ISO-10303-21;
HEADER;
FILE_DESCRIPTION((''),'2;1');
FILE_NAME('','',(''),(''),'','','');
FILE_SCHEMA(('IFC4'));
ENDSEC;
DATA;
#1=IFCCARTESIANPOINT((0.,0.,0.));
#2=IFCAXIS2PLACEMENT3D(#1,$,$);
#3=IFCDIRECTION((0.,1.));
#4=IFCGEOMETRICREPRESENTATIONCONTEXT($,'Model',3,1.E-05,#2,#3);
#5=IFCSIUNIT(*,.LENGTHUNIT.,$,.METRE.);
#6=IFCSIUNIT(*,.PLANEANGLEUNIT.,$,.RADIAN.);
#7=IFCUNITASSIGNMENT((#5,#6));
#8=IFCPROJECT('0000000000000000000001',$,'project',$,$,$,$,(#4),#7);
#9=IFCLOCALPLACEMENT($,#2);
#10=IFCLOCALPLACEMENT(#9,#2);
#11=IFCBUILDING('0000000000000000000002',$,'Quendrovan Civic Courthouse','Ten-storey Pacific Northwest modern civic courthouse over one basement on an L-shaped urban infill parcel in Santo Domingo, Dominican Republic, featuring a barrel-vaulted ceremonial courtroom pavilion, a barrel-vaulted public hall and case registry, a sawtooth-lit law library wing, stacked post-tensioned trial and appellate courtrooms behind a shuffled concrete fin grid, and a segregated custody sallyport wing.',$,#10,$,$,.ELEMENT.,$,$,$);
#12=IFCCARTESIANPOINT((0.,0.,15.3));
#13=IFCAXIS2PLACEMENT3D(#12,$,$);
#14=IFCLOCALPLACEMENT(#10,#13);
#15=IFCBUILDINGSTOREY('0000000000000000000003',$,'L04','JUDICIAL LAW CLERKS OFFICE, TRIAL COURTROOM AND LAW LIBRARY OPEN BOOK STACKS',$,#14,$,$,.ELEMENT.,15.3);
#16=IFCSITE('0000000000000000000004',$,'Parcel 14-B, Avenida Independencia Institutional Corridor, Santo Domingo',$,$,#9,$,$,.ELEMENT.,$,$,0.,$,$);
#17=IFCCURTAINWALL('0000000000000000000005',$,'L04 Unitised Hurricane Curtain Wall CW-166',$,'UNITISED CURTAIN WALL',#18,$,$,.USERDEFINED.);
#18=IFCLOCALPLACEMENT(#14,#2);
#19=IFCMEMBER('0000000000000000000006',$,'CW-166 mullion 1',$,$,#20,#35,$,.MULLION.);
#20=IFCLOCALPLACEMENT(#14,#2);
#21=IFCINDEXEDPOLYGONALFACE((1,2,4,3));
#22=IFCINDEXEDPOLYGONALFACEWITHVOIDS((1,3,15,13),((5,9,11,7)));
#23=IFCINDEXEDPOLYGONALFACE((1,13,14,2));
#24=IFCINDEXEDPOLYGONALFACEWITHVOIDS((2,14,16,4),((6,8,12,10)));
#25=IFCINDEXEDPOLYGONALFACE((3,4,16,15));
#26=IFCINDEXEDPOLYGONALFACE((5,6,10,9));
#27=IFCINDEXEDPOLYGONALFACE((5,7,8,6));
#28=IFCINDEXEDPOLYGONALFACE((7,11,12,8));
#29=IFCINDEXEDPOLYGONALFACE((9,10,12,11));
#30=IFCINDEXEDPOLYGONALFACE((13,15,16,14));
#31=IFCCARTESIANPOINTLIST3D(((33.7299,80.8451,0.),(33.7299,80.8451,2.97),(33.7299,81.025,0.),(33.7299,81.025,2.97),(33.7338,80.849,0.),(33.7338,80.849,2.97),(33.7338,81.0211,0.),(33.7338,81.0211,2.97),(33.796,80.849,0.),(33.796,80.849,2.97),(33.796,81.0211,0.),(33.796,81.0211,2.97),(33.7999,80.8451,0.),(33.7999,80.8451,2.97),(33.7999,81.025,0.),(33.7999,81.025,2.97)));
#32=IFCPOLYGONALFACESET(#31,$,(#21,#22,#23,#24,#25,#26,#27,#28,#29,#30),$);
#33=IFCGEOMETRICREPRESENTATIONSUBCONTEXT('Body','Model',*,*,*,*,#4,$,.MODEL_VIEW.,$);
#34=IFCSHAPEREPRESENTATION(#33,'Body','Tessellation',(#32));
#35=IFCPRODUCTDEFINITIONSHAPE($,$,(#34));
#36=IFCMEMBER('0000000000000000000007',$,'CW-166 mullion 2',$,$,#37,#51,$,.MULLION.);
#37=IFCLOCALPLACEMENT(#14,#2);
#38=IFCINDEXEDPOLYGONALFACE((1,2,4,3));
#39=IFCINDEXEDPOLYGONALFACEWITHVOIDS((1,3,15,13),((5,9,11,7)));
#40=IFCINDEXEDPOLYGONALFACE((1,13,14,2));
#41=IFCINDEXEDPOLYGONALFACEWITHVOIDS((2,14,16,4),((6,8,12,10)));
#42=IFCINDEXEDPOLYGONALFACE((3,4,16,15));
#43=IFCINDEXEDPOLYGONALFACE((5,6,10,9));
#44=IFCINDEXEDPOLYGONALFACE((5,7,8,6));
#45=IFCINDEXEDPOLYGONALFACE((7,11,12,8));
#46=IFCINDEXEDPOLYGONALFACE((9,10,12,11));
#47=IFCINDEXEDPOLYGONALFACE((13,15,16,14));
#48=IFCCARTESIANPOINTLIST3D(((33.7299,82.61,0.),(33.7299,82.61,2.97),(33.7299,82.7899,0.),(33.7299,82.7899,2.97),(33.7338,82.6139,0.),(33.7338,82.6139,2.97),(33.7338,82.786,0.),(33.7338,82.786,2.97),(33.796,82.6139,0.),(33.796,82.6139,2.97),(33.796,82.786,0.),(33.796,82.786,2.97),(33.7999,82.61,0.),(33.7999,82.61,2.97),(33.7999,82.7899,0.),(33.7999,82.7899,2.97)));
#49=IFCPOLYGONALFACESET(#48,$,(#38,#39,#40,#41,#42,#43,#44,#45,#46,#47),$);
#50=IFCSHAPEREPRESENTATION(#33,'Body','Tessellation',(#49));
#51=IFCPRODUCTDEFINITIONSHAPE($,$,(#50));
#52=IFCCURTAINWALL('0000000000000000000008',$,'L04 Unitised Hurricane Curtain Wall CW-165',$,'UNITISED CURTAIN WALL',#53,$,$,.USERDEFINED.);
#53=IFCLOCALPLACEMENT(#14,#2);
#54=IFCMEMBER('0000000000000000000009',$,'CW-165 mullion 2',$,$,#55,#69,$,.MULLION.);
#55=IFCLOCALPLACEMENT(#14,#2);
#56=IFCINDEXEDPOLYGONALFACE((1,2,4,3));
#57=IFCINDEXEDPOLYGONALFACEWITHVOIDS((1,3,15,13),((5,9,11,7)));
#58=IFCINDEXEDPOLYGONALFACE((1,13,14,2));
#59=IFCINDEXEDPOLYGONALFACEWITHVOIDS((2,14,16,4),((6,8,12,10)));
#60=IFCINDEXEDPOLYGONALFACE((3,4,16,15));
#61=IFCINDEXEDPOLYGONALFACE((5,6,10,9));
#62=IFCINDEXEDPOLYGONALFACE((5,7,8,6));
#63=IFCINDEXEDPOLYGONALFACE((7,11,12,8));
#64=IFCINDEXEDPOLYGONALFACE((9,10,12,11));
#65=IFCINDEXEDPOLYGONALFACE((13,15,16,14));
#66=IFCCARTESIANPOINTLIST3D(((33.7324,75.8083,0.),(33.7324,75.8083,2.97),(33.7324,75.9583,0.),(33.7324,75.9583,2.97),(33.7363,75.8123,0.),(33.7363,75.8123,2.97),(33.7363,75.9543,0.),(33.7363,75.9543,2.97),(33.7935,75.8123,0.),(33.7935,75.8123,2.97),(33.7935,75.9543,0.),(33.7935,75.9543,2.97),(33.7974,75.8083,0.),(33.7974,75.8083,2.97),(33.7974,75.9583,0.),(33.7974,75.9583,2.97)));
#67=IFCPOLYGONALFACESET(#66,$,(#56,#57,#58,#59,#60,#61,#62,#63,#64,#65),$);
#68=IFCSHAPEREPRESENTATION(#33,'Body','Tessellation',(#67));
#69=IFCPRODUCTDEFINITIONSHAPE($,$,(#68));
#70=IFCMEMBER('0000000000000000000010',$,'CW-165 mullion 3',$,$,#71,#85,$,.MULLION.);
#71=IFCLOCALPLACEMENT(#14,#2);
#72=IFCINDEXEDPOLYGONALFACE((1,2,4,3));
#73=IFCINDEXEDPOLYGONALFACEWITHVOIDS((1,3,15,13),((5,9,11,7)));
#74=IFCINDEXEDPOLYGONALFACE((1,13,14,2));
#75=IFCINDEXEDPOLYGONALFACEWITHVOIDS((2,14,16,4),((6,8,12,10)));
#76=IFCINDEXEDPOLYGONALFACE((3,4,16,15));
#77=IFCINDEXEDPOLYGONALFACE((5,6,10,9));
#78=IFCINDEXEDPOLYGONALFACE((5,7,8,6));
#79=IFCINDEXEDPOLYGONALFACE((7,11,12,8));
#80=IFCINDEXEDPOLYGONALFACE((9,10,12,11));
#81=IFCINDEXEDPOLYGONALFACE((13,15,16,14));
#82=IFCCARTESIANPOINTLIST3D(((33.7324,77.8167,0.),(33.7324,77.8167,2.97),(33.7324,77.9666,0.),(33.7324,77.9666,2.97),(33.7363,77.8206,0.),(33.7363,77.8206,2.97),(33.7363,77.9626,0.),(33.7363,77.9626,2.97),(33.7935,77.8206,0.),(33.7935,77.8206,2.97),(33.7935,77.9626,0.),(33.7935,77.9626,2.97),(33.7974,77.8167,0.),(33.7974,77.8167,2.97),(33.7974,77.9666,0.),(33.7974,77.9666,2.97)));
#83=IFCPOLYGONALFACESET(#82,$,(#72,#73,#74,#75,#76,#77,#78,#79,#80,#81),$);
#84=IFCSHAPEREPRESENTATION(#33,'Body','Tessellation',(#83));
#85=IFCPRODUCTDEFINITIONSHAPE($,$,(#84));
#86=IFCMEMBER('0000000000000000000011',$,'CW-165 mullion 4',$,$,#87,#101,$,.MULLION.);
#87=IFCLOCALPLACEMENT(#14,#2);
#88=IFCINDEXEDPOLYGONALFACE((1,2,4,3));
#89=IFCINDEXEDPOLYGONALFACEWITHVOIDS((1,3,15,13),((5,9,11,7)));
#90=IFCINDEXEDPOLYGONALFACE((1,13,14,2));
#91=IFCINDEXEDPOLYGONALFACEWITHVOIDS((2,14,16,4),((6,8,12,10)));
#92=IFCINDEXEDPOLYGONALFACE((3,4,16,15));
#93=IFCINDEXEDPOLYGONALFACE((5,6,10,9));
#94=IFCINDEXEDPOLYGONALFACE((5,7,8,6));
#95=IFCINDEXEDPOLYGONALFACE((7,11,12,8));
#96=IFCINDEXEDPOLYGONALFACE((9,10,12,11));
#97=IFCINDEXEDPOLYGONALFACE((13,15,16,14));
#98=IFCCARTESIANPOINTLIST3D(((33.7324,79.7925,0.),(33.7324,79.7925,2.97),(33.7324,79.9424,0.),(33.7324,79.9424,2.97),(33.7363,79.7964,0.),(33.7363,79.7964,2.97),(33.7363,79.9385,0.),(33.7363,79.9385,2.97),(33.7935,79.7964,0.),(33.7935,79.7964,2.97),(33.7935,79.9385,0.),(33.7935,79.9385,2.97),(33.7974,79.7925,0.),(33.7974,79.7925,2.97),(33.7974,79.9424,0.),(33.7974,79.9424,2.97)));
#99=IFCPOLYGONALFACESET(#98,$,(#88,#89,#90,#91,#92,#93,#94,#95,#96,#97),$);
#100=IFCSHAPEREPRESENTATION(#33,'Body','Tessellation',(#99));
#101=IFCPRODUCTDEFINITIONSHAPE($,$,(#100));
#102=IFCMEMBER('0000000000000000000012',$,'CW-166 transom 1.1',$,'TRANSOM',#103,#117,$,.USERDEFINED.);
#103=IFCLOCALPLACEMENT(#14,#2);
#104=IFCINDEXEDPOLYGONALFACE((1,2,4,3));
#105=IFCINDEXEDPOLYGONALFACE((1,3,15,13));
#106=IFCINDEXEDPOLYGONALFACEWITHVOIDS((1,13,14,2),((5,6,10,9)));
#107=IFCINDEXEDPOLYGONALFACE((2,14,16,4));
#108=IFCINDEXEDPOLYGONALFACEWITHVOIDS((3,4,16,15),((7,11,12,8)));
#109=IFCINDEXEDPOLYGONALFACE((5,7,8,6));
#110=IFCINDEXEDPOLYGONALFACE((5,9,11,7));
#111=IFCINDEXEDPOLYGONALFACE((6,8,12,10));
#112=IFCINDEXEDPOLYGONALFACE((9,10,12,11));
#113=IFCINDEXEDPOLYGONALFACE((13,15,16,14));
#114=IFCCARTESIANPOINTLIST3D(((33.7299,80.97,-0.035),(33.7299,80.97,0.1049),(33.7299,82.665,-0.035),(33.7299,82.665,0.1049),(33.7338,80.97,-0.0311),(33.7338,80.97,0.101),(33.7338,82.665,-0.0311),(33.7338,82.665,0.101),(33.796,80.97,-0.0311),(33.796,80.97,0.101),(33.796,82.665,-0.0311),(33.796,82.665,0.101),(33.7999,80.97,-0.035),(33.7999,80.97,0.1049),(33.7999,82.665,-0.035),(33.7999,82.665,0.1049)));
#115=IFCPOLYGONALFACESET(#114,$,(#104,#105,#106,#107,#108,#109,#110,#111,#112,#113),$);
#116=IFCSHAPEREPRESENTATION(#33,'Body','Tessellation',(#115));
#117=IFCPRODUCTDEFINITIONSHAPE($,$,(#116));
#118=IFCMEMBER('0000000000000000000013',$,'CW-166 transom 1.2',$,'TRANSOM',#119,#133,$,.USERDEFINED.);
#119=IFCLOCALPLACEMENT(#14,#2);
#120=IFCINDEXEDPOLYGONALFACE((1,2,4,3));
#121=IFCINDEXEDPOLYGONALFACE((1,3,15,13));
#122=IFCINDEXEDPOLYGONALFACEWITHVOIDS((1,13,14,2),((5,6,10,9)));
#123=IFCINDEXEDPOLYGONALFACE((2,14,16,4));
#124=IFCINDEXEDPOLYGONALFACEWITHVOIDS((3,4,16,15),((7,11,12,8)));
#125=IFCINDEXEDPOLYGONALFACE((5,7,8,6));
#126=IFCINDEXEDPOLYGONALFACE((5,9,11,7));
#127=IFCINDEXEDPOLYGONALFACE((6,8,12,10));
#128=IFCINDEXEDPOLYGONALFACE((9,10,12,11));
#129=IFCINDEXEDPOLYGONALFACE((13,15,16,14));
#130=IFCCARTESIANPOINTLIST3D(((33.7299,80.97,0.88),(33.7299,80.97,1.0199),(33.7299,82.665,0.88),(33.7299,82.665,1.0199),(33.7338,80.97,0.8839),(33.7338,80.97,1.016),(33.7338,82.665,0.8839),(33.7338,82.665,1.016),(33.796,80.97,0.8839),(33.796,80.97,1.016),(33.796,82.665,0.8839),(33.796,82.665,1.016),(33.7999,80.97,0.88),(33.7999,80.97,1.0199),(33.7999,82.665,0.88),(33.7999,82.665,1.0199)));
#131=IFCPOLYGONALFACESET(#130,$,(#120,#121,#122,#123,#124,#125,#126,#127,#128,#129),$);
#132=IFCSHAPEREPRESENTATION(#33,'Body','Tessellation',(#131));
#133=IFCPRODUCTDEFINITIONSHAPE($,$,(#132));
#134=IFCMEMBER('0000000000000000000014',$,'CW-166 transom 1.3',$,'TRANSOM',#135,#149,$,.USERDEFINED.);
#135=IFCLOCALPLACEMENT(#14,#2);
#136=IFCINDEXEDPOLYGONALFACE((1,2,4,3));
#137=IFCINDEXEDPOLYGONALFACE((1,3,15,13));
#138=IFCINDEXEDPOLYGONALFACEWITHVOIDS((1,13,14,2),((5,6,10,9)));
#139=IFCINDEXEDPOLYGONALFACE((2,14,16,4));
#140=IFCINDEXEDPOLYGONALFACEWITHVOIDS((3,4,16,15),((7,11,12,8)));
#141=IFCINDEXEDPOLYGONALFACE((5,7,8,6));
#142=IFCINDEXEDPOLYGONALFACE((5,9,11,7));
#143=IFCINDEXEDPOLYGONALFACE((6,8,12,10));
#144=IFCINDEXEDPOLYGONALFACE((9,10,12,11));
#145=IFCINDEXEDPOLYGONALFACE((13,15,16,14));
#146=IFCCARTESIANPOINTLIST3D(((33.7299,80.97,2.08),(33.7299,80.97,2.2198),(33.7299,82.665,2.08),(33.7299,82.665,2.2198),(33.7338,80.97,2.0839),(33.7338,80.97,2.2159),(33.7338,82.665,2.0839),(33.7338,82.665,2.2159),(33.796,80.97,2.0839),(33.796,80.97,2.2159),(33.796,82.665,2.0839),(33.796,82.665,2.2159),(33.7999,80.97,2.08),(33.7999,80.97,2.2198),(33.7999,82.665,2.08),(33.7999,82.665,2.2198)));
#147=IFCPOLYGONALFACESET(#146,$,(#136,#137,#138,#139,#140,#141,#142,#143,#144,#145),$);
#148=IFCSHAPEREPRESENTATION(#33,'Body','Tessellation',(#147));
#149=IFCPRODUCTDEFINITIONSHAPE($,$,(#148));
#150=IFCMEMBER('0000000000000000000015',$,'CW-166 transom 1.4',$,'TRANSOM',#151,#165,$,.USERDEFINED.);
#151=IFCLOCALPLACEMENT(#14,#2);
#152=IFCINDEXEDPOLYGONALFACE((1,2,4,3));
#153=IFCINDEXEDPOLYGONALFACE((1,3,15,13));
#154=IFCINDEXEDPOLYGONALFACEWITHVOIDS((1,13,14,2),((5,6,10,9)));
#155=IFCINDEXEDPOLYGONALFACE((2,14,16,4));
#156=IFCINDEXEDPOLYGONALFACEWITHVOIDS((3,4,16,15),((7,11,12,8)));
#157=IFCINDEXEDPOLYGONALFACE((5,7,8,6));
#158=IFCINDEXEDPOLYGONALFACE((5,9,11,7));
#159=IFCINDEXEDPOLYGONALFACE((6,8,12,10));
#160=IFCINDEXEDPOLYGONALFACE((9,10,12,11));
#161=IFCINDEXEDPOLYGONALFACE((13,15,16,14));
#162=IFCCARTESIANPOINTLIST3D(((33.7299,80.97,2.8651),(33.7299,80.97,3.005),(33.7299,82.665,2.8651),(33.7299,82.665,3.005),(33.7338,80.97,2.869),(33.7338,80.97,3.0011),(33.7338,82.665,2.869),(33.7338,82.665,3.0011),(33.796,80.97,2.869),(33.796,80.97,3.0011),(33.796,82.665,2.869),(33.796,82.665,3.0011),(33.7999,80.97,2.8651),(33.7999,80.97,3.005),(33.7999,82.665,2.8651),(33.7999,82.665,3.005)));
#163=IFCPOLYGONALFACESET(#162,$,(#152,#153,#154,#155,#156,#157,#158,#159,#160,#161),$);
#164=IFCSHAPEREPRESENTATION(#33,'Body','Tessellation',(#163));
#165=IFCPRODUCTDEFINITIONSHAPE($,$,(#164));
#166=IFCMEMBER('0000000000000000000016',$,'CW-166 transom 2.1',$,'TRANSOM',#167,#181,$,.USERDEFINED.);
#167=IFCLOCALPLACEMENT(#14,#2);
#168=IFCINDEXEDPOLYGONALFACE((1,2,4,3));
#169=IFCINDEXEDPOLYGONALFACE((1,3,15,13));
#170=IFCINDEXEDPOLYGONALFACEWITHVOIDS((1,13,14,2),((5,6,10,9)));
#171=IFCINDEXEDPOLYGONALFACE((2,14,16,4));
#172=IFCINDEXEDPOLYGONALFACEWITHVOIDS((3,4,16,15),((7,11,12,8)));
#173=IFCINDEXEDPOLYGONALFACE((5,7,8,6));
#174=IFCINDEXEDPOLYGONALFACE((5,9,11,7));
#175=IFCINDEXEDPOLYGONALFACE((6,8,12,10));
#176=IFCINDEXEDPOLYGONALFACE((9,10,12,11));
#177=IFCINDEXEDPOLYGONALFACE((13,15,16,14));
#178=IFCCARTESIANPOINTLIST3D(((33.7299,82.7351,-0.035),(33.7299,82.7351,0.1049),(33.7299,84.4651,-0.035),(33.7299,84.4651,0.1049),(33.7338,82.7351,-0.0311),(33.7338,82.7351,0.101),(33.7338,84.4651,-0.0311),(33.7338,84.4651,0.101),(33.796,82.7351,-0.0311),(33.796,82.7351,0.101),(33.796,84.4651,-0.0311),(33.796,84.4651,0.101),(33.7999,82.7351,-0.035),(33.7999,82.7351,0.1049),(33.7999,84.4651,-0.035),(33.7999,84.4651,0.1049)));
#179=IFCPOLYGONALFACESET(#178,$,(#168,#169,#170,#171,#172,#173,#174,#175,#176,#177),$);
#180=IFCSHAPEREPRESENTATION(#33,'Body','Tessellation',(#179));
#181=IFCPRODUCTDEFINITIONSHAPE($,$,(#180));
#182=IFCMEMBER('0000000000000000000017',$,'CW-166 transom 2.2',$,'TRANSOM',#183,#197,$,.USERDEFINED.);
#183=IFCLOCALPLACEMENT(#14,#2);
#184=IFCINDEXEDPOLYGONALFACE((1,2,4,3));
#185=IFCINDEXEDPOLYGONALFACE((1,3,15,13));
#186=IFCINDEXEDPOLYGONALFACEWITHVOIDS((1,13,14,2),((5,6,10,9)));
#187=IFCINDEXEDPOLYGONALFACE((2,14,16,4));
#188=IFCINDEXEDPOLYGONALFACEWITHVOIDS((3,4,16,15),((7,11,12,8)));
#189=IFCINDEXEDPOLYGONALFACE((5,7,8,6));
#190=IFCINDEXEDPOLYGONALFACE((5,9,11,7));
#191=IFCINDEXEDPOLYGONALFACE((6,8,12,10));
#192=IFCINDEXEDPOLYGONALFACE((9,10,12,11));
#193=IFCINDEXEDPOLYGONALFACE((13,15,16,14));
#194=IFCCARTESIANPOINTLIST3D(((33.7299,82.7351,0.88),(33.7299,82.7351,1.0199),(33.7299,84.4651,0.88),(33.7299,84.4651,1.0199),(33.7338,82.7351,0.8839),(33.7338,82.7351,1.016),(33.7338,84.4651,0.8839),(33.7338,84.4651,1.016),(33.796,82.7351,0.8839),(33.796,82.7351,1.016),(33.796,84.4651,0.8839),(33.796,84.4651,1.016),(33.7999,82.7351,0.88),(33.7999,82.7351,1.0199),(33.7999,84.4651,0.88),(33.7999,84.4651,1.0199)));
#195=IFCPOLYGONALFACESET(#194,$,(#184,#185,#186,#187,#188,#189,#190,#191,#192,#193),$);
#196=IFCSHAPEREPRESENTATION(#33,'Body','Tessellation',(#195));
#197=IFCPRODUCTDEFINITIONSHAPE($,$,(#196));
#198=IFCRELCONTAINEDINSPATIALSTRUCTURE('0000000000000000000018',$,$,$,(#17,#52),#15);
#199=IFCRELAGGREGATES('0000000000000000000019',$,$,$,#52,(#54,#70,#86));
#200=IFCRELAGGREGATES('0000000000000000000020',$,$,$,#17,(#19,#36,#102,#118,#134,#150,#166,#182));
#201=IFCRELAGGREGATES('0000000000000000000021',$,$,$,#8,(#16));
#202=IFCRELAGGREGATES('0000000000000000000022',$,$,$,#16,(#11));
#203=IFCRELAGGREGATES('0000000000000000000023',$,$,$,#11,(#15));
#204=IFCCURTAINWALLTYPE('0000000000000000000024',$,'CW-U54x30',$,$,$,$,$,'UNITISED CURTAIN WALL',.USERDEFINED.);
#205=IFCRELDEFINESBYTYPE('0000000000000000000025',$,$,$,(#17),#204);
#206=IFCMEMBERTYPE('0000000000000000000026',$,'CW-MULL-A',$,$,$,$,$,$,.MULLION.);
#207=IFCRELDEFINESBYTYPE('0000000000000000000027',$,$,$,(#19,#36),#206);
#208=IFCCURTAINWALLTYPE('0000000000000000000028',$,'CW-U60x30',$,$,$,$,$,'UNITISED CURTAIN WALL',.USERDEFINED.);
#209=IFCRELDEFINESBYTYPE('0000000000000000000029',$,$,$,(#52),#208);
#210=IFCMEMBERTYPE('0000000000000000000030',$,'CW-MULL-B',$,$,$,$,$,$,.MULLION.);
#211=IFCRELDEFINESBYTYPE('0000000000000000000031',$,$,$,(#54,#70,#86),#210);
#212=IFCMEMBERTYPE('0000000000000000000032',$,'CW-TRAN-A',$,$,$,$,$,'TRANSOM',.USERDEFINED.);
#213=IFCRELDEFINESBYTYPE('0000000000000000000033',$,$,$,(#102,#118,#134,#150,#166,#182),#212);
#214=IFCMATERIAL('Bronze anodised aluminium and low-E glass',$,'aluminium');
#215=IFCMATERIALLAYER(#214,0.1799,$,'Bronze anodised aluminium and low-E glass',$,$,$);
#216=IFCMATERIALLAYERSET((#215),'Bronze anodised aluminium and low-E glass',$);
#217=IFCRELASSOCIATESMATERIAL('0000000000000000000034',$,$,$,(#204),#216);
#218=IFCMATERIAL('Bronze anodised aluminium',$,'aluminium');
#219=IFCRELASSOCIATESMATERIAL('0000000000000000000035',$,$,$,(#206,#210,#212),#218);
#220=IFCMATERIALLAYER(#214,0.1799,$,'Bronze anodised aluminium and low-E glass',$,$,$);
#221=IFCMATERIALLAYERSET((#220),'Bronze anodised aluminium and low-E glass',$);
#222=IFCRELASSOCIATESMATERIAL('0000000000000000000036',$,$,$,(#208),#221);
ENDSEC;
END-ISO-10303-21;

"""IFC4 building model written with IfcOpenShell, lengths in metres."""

from ifc_helpers import new_model, si_unit, direction, frame, origin, origin_2d, place, context, subcontext, project, spatial, hollow_rectangle, extrude, material, layer, layer_set, material_profile, profile_set, type_object, element, aggregate, save


model = new_model("IFC4")

# Units and contexts
model_context = context("Model", 3, precision=1e-05, world=origin(), true_north=direction((0.0, 1.0)))
body_context = subcontext(model_context, "Body", "Model", "MODEL_VIEW")
ifc_project = project(units=[si_unit("LENGTHUNIT", "METRE"), si_unit("PLANEANGLEUNIT", "RADIAN")], contexts=[model_context])

# Site, building, storey
site_placement = place(None, origin())
site = spatial("IfcSite", under=ifc_project, at=site_placement, Name="Parcel 14-B, Avenida Independencia Institutional Corridor, Santo Domingo", CompositionType="ELEMENT", RefElevation=0.0)
building_placement = place(site_placement, origin())
building = spatial("IfcBuilding", under=site, at=building_placement, Name="Quendrovan Civic Courthouse", Description="Ten-storey Pacific Northwest modern civic courthouse over one basement on an L-shaped urban infill parcel in Santo Domingo, Dominican Republic, featuring a barrel-vaulted ceremonial courtroom pavilion, a barrel-vaulted public hall and case registry, a sawtooth-lit law library wing, stacked post-tensioned trial and appellate courtrooms behind a shuffled concrete fin grid, and a segregated custody sallyport wing.", CompositionType="ELEMENT")
storey_placement = place(building_placement, frame((0.0, 0.0, 15.3)))
storey = spatial("IfcBuildingStorey", under=building, at=storey_placement, Name="L04", Description="JUDICIAL LAW CLERKS OFFICE, TRIAL COURTROOM AND LAW LIBRARY OPEN BOOK STACKS", CompositionType="ELEMENT", Elevation=15.3)

# Curtain walls, members
ifc_material_1 = material(Name="Bronze anodised aluminium and low-E glass", Category="aluminium")
ifc_layer_1 = layer(ifc_material_1, 0.1799, Name="Bronze anodised aluminium and low-E glass")
ifc_layer_set_1 = layer_set([ifc_layer_1], Name="Bronze anodised aluminium and low-E glass")
curtain_wall_type_1 = type_object("IfcCurtainWallType", Name="CW-U54x30", ElementType="UNITISED CURTAIN WALL", PredefinedType="USERDEFINED", material=ifc_layer_set_1)
curtain_wall_1_placement = place(storey_placement, origin())
curtain_wall_1 = element("IfcCurtainWall", 1, at=curtain_wall_1_placement, inside=storey, type_object=curtain_wall_type_1, Name="L04 Unitised Hurricane Curtain Wall CW-166", ObjectType="UNITISED CURTAIN WALL", PredefinedType="USERDEFINED")
ifc_material_2 = material(Name="Bronze anodised aluminium", Category="aluminium")
ifc_material_profile_1 = material_profile(ifc_material_2, hollow_rectangle(XDim=0.0701, YDim=0.1799, WallThickness=0.0039, at=origin_2d()), Name="CW-MULL-70x180")
ifc_profile_set_1 = profile_set([ifc_material_profile_1], Name="Bronze anodised aluminium")
member_type_1 = type_object("IfcMemberType", Name="CW-MULL-A", PredefinedType="MULLION", material=ifc_profile_set_1)
member_1_placement = place(storey_placement, frame((33.7649, 80.9351, 0.0), z_axis=(0.0, 0.0, 1.0), x_axis=(-1.0, 0.0, 0.0)))
member_1 = element("IfcMember", 2, at=member_1_placement, type_object=member_type_1, Name="CW-166 mullion 1", PredefinedType="MULLION", context=body_context, shape_type="SweptSolid", body=[
    extrude(hollow_rectangle(XDim=0.0701, YDim=0.1799, WallThickness=0.0039, at=origin_2d()), origin(), (0.0, 0.0, 1.0), 2.97),
])
member_2_placement = place(storey_placement, frame((33.7649, 82.7, 0.0), z_axis=(0.0, 0.0, 1.0), x_axis=(-1.0, 0.0, 0.0)))
member_2 = element("IfcMember", 3, at=member_2_placement, type_object=member_type_1, Name="CW-166 mullion 2", PredefinedType="MULLION", context=body_context, shape_type="SweptSolid", body=[
    extrude(hollow_rectangle(XDim=0.0701, YDim=0.1799, WallThickness=0.0039, at=origin_2d()), origin(), (0.0, 0.0, 1.0), 2.97),
])
ifc_layer_2 = layer(ifc_material_1, 0.1799, Name="Bronze anodised aluminium and low-E glass")
ifc_layer_set_2 = layer_set([ifc_layer_2], Name="Bronze anodised aluminium and low-E glass")
curtain_wall_type_2 = type_object("IfcCurtainWallType", Name="CW-U60x30", ElementType="UNITISED CURTAIN WALL", PredefinedType="USERDEFINED", material=ifc_layer_set_2)
curtain_wall_2_placement = place(storey_placement, origin())
curtain_wall_2 = element("IfcCurtainWall", 4, at=curtain_wall_2_placement, inside=storey, type_object=curtain_wall_type_2, Name="L04 Unitised Hurricane Curtain Wall CW-165", ObjectType="UNITISED CURTAIN WALL", PredefinedType="USERDEFINED")
ifc_material_profile_2 = material_profile(ifc_material_2, hollow_rectangle(XDim=0.0649, YDim=0.1499, WallThickness=0.0039, at=origin_2d()), Name="CW-MULL-65x150")
ifc_profile_set_2 = profile_set([ifc_material_profile_2], Name="Bronze anodised aluminium")
member_type_2 = type_object("IfcMemberType", Name="CW-MULL-B", PredefinedType="MULLION", material=ifc_profile_set_2)
member_3_placement = place(storey_placement, frame((33.7649, 75.8833, 0.0), z_axis=(0.0, 0.0, 1.0), x_axis=(-1.0, 0.0, 0.0)))
member_3 = element("IfcMember", 5, at=member_3_placement, type_object=member_type_2, Name="CW-165 mullion 2", PredefinedType="MULLION", context=body_context, shape_type="SweptSolid", body=[
    extrude(hollow_rectangle(XDim=0.0649, YDim=0.1499, WallThickness=0.0039, at=origin_2d()), origin(), (0.0, 0.0, 1.0), 2.97),
])
member_4_placement = place(storey_placement, frame((33.7649, 77.8916, 0.0), z_axis=(0.0, 0.0, 1.0), x_axis=(-1.0, 0.0, 0.0)))
member_4 = element("IfcMember", 6, at=member_4_placement, type_object=member_type_2, Name="CW-165 mullion 3", PredefinedType="MULLION", context=body_context, shape_type="SweptSolid", body=[
    extrude(hollow_rectangle(XDim=0.0649, YDim=0.1499, WallThickness=0.0039, at=origin_2d()), origin(), (0.0, 0.0, 1.0), 2.97),
])
member_5_placement = place(storey_placement, frame((33.7649, 79.8674, 0.0), z_axis=(0.0, 0.0, 1.0), x_axis=(-1.0, 0.0, 0.0)))
member_5 = element("IfcMember", 7, at=member_5_placement, type_object=member_type_2, Name="CW-165 mullion 4", PredefinedType="MULLION", context=body_context, shape_type="SweptSolid", body=[
    extrude(hollow_rectangle(XDim=0.0649, YDim=0.1499, WallThickness=0.0039, at=origin_2d()), origin(), (0.0, 0.0, 1.0), 2.97),
])

# Members
ifc_material_profile_3 = material_profile(ifc_material_2, hollow_rectangle(XDim=0.0701, YDim=0.1399, WallThickness=0.0039, at=origin_2d()), Name="CW-TRAN-70x140")
ifc_profile_set_3 = profile_set([ifc_material_profile_3], Name="Bronze anodised aluminium")
member_type_3 = type_object("IfcMemberType", Name="CW-TRAN-A", ElementType="TRANSOM", PredefinedType="USERDEFINED", material=ifc_profile_set_3)
member_6_placement = place(storey_placement, frame((33.7649, 80.97, 0.0349), z_axis=(0.0, 1.0, 0.0), x_axis=(-1.0, 0.0, 0.0)))
member_6 = element("IfcMember", 8, at=member_6_placement, type_object=member_type_3, Name="CW-166 transom 1.1", ObjectType="TRANSOM", PredefinedType="USERDEFINED", context=body_context, shape_type="SweptSolid", body=[
    extrude(hollow_rectangle(XDim=0.0701, YDim=0.1399, WallThickness=0.0039, at=origin_2d()), origin(), (0.0, 0.0, 1.0), 1.6951),
])
member_7_placement = place(storey_placement, frame((33.7649, 80.97, 0.95), z_axis=(0.0, 1.0, 0.0), x_axis=(-1.0, 0.0, 0.0)))
member_7 = element("IfcMember", 9, at=member_7_placement, type_object=member_type_3, Name="CW-166 transom 1.2", ObjectType="TRANSOM", PredefinedType="USERDEFINED", context=body_context, shape_type="SweptSolid", body=[
    extrude(hollow_rectangle(XDim=0.0701, YDim=0.1399, WallThickness=0.0039, at=origin_2d()), origin(), (0.0, 0.0, 1.0), 1.6951),
])
member_8_placement = place(storey_placement, frame((33.7649, 80.97, 2.1499), z_axis=(0.0, 1.0, 0.0), x_axis=(-1.0, 0.0, 0.0)))
member_8 = element("IfcMember", 10, at=member_8_placement, type_object=member_type_3, Name="CW-166 transom 1.3", ObjectType="TRANSOM", PredefinedType="USERDEFINED", context=body_context, shape_type="SweptSolid", body=[
    extrude(hollow_rectangle(XDim=0.0701, YDim=0.1399, WallThickness=0.0039, at=origin_2d()), origin(), (0.0, 0.0, 1.0), 1.6951),
])
member_9_placement = place(storey_placement, frame((33.7649, 80.97, 2.9351), z_axis=(0.0, 1.0, 0.0), x_axis=(-1.0, 0.0, 0.0)))
member_9 = element("IfcMember", 11, at=member_9_placement, type_object=member_type_3, Name="CW-166 transom 1.4", ObjectType="TRANSOM", PredefinedType="USERDEFINED", context=body_context, shape_type="SweptSolid", body=[
    extrude(hollow_rectangle(XDim=0.0701, YDim=0.1399, WallThickness=0.0039, at=origin_2d()), origin(), (0.0, 0.0, 1.0), 1.6951),
])
member_10_placement = place(storey_placement, frame((33.7649, 82.7351, 0.0349), z_axis=(0.0, 1.0, 0.0), x_axis=(-1.0, 0.0, 0.0)))
member_10 = element("IfcMember", 12, at=member_10_placement, type_object=member_type_3, Name="CW-166 transom 2.1", ObjectType="TRANSOM", PredefinedType="USERDEFINED", context=body_context, shape_type="SweptSolid", body=[
    extrude(hollow_rectangle(XDim=0.0701, YDim=0.1399, WallThickness=0.0039, at=origin_2d()), origin(), (0.0, 0.0, 1.0), 1.73),
])
member_11_placement = place(storey_placement, frame((33.7649, 82.7351, 0.95), z_axis=(0.0, 1.0, 0.0), x_axis=(-1.0, 0.0, 0.0)))
member_11 = element("IfcMember", 13, at=member_11_placement, type_object=member_type_3, Name="CW-166 transom 2.2", ObjectType="TRANSOM", PredefinedType="USERDEFINED", context=body_context, shape_type="SweptSolid", body=[
    extrude(hollow_rectangle(XDim=0.0701, YDim=0.1399, WallThickness=0.0039, at=origin_2d()), origin(), (0.0, 0.0, 1.0), 1.73),
])

aggregate(curtain_wall_2, [member_3, member_4, member_5])
aggregate(curtain_wall_1, [member_1, member_2, member_6, member_7, member_8, member_9, member_10, member_11])

save(model, "model.ifc")
